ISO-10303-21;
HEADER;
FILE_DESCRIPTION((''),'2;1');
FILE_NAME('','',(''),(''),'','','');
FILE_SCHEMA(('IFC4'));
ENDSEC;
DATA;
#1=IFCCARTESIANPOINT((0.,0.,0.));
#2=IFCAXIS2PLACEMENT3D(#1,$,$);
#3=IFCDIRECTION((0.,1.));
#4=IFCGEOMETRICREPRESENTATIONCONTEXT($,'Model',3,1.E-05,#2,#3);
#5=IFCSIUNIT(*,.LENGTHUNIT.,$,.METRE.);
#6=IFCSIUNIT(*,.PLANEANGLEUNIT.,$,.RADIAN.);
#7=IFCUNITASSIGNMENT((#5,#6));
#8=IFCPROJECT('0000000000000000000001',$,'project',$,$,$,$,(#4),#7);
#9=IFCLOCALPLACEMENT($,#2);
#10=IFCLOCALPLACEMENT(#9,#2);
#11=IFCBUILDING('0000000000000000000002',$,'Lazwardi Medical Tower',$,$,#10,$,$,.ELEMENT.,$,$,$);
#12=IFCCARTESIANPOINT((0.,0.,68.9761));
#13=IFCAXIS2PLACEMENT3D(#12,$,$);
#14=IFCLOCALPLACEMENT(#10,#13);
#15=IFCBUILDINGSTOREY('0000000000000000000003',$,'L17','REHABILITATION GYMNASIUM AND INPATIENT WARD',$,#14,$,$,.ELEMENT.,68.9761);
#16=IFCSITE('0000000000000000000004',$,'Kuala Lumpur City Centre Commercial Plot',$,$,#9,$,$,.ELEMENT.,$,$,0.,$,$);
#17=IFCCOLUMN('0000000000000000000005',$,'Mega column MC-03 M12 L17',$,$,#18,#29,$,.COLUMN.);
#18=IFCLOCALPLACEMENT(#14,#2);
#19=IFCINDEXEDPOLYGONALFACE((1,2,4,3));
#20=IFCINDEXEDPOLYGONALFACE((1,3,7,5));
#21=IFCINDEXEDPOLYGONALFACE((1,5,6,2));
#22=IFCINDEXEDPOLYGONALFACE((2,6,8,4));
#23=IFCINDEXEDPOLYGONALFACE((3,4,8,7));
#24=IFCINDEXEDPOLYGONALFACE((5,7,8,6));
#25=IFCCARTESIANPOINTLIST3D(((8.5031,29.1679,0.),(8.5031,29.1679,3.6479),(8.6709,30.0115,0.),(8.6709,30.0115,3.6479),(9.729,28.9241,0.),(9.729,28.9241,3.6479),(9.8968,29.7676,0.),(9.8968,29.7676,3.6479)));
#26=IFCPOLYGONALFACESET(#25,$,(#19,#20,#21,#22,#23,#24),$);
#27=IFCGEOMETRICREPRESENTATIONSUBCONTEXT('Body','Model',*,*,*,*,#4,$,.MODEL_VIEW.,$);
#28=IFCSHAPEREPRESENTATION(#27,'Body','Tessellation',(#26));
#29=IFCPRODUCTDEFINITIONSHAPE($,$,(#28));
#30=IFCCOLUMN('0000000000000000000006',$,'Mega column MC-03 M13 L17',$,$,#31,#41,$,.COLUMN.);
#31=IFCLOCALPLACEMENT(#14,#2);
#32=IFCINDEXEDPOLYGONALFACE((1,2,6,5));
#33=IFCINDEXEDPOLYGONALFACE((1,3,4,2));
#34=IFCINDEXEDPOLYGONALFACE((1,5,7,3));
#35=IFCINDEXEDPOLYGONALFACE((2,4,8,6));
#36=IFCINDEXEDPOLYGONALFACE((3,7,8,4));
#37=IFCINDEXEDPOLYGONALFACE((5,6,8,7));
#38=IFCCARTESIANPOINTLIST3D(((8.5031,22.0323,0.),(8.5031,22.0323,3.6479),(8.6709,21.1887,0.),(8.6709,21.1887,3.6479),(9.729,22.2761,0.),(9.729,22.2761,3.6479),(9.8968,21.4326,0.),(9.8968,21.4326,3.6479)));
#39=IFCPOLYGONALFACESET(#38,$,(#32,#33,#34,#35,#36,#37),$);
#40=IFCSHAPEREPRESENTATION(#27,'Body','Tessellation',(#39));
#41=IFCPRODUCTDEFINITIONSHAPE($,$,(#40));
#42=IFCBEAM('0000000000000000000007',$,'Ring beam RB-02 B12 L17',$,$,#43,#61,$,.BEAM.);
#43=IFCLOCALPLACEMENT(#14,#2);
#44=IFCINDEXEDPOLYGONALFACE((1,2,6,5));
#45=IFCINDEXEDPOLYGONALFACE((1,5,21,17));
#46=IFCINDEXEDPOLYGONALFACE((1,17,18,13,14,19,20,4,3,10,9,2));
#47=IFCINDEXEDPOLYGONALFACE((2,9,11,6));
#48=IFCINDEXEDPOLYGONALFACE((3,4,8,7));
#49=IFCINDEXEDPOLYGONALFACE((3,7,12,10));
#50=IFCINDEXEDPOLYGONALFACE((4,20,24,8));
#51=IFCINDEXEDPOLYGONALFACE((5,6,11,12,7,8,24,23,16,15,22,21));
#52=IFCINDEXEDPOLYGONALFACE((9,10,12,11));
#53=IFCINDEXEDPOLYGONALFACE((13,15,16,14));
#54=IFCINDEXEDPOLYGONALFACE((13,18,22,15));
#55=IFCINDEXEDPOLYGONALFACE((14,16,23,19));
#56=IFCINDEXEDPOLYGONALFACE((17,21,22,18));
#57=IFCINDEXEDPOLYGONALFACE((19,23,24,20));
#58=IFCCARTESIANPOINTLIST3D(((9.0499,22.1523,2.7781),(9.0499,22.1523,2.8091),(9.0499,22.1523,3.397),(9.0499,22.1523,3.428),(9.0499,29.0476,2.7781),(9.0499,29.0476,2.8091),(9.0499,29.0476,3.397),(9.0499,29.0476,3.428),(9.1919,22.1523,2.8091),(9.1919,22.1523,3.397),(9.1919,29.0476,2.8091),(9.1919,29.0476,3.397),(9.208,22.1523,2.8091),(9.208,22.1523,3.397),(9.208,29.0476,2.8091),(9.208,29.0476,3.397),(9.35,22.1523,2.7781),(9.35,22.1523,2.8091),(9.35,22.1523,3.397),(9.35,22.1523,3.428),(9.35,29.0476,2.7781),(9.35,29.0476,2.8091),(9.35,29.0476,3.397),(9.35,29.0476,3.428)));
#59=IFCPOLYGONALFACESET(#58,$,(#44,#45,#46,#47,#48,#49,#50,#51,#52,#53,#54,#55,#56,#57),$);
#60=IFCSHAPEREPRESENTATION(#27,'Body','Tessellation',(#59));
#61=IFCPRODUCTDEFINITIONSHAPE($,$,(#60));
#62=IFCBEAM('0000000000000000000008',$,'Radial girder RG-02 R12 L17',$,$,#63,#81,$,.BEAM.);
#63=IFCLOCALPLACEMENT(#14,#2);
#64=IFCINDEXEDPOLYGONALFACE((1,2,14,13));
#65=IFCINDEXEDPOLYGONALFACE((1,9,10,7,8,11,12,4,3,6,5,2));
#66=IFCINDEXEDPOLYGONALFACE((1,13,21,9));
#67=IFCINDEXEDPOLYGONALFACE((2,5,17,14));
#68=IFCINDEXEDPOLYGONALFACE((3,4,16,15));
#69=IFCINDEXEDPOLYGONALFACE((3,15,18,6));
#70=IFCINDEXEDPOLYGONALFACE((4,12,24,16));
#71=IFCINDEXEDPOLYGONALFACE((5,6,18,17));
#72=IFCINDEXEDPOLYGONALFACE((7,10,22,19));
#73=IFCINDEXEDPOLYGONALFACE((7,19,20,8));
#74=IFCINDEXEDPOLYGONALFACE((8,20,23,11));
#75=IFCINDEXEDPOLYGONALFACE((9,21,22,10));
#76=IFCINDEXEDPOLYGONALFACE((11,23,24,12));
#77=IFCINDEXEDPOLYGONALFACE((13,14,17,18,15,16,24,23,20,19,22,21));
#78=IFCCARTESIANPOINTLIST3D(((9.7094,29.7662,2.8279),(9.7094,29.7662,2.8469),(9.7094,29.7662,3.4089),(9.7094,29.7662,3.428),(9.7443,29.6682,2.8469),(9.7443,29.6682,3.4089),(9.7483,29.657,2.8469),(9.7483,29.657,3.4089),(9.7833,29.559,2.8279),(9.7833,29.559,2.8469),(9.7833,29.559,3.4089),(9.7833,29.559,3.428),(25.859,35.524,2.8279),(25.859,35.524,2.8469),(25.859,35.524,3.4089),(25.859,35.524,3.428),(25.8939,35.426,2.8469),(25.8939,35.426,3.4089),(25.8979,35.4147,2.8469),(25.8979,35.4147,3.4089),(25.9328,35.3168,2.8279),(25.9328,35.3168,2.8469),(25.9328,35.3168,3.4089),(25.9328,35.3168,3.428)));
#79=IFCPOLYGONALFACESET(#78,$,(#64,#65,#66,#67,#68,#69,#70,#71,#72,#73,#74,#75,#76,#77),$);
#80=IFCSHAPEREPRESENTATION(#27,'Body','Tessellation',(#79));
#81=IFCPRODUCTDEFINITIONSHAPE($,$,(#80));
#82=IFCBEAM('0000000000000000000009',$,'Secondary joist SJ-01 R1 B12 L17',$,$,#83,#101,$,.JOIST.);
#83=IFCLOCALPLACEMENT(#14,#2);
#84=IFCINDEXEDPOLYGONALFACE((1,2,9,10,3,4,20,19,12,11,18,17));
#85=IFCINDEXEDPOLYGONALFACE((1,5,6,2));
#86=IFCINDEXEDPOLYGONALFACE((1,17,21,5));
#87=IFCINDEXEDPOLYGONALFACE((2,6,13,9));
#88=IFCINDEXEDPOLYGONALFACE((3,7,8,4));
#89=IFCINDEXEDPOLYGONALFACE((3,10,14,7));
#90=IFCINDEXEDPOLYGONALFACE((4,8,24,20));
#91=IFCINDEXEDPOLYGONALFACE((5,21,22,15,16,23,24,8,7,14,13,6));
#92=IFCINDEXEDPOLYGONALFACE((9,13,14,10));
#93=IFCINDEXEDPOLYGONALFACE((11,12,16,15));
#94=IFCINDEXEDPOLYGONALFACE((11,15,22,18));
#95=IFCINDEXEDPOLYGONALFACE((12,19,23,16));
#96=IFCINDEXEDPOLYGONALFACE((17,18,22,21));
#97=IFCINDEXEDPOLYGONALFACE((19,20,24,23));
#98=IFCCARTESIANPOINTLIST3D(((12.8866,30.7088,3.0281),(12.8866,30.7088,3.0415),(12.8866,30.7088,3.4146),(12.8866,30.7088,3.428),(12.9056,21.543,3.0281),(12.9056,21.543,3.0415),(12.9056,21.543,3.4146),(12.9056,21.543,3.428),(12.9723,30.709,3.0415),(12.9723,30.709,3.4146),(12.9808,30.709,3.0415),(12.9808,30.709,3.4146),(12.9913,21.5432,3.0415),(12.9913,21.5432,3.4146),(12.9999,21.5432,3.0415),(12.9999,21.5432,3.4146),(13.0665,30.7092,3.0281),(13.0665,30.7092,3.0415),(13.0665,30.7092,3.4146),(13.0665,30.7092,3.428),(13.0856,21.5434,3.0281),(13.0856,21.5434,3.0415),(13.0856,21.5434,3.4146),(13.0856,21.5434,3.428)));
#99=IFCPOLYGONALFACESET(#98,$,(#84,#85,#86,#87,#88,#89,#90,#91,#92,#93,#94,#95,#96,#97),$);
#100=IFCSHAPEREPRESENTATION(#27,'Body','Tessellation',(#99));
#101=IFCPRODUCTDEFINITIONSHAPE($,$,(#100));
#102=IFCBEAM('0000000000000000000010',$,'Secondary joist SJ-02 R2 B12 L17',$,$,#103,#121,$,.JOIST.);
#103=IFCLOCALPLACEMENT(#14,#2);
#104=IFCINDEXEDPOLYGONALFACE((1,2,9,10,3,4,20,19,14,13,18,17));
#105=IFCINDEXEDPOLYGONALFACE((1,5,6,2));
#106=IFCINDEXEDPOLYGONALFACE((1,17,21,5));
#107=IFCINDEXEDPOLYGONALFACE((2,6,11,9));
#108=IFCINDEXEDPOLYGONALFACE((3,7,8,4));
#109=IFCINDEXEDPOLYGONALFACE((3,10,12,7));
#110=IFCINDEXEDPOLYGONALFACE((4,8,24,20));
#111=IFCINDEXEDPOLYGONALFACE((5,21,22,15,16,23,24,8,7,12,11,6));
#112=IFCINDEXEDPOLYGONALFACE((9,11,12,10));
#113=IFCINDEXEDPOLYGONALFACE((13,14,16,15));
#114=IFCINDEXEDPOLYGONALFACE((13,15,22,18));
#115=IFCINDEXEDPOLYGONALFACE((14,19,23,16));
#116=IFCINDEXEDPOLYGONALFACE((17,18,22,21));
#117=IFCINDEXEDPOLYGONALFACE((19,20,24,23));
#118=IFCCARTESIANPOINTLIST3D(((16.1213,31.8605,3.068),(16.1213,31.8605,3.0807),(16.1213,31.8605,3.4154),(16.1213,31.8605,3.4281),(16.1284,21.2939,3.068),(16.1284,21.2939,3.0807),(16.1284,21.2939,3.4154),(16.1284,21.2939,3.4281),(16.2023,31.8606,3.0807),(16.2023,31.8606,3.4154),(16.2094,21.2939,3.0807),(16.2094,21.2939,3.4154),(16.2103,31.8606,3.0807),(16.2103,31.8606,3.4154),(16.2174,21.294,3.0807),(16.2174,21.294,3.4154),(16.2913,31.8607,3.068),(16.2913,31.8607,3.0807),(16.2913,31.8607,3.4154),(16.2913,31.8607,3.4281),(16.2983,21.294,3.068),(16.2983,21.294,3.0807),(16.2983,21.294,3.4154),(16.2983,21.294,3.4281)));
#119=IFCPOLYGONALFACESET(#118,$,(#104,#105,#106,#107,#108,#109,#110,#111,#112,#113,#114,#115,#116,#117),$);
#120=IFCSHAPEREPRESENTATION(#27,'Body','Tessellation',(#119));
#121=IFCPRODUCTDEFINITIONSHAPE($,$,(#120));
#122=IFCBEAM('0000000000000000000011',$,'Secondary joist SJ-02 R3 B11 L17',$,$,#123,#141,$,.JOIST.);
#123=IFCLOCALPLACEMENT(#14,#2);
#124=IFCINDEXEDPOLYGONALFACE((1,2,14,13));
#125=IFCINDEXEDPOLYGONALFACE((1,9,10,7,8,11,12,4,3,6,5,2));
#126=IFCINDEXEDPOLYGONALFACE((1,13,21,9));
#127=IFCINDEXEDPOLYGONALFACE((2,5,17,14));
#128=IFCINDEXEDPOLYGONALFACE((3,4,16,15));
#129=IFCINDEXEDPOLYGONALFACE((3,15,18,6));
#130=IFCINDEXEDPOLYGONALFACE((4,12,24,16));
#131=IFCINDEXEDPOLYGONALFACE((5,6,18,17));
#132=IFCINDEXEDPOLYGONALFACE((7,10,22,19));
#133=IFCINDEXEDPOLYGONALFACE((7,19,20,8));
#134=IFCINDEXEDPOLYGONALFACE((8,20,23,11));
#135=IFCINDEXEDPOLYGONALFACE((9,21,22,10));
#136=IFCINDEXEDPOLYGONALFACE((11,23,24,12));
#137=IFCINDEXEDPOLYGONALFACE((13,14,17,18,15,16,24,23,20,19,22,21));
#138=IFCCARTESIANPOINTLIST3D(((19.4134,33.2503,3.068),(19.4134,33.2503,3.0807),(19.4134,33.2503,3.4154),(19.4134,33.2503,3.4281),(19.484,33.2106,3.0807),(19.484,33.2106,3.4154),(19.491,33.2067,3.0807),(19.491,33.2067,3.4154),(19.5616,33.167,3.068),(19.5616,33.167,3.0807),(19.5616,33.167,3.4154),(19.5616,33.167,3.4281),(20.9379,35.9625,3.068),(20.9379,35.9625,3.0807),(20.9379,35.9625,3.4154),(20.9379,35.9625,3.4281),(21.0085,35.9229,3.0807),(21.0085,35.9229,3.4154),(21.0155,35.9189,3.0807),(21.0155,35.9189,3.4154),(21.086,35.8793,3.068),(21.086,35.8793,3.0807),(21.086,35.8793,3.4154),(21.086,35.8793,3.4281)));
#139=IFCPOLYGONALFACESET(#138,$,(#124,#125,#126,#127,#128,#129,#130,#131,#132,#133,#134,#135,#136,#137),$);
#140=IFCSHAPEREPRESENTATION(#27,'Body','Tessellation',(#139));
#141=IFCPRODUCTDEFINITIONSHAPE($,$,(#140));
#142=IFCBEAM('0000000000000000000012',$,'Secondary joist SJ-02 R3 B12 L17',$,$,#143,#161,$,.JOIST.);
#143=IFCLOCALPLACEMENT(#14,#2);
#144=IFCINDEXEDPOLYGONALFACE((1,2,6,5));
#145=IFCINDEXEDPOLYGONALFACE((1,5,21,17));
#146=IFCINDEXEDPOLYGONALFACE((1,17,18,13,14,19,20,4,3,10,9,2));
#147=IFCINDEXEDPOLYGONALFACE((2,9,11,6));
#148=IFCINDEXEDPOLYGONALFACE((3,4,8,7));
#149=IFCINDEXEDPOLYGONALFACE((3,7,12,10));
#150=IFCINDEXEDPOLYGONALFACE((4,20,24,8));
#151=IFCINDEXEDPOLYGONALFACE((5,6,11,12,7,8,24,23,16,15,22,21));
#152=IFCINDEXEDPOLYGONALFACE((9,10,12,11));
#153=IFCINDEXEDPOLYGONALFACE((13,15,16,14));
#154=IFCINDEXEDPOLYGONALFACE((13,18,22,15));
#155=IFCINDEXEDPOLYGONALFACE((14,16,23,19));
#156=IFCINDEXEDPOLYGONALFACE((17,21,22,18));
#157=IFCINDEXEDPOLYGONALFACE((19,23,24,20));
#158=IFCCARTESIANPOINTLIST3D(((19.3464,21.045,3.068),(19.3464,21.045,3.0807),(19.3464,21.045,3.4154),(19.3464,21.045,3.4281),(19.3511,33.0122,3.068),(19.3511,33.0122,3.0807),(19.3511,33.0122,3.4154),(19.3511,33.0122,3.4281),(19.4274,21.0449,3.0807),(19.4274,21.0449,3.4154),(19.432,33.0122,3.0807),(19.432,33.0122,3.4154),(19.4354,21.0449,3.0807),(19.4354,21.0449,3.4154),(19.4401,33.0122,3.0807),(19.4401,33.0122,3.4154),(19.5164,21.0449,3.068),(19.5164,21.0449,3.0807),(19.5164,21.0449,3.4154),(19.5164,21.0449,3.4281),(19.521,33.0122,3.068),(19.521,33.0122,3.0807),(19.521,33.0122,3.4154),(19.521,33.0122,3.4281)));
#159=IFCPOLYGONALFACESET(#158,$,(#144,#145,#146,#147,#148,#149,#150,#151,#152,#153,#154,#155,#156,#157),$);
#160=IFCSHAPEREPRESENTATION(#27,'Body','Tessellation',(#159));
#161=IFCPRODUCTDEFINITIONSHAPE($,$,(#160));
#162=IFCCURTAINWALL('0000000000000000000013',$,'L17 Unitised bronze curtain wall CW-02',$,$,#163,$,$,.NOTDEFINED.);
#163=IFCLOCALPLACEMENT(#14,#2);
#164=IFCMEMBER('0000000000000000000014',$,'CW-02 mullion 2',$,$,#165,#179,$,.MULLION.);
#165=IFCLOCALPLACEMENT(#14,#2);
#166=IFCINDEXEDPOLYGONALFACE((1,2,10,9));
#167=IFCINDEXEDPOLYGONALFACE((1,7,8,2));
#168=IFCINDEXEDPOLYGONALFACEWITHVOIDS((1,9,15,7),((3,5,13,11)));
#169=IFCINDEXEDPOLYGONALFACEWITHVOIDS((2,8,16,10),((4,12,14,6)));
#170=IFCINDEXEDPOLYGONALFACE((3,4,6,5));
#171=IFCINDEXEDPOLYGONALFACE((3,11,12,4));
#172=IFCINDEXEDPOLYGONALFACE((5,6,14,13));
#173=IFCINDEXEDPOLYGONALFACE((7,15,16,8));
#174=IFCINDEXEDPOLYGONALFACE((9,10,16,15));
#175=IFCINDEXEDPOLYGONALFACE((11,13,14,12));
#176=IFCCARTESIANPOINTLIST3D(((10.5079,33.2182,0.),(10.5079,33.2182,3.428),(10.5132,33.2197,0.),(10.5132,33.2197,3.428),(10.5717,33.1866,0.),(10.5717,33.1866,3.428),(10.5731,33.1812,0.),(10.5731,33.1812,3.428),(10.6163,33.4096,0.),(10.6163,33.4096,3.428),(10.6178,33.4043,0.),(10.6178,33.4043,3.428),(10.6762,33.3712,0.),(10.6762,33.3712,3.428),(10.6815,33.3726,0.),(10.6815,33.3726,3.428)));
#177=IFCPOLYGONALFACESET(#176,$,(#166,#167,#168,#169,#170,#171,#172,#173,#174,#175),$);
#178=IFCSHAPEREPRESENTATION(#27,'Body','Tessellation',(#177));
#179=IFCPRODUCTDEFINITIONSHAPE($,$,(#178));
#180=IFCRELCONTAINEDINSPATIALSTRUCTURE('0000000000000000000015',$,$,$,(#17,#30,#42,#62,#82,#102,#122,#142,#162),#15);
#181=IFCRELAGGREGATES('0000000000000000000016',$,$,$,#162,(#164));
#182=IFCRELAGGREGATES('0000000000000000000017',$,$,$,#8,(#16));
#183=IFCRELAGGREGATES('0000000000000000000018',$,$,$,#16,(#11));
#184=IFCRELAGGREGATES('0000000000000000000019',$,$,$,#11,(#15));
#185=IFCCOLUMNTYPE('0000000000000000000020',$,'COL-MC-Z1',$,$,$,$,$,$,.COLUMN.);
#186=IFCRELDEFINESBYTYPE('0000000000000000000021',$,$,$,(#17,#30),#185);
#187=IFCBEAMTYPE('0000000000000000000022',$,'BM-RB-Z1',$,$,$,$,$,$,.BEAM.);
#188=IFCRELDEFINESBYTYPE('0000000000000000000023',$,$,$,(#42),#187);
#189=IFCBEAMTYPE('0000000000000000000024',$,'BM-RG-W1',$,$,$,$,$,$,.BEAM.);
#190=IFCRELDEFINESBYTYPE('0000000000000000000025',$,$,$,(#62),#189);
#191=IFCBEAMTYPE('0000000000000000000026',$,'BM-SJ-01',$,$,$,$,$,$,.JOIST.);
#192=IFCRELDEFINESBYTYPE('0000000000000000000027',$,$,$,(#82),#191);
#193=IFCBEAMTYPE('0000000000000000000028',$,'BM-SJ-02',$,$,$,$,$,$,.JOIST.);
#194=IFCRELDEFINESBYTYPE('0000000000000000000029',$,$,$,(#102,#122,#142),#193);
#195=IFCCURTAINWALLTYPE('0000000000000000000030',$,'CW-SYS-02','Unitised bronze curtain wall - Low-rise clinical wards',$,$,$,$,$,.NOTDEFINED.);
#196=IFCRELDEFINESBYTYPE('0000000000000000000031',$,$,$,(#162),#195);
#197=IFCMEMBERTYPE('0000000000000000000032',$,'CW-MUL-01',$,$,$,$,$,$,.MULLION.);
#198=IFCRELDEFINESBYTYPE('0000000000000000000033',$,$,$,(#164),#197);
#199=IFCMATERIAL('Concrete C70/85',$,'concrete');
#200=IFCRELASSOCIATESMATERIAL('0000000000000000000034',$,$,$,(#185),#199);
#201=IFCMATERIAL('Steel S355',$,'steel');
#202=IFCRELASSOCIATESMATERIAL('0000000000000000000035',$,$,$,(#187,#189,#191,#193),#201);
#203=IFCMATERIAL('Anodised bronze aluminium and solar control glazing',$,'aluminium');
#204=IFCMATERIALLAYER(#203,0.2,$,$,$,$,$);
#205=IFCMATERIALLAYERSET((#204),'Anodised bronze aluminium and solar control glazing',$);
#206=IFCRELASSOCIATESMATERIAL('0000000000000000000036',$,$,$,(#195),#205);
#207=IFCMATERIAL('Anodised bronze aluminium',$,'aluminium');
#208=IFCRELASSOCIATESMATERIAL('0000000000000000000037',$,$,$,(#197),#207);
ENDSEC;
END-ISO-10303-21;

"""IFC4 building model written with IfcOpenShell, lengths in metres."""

from ifc_helpers import new_model, si_unit, direction, frame, origin, origin_2d, place, context, subcontext, project, spatial, rectangle, hollow_rectangle, i_section, extrude, material, layer, layer_set, material_profile, profile_set, type_object, element, aggregate, save


model = new_model("IFC4")

# Units and contexts
model_context = context("Model", 3, precision=1e-05, world=origin(), true_north=direction((0.0, 1.0)))
body_context = subcontext(model_context, "Body", "Model", "MODEL_VIEW")
ifc_project = project(units=[si_unit("LENGTHUNIT", "METRE"), si_unit("PLANEANGLEUNIT", "RADIAN")], contexts=[model_context])

# Site, building, storey
site_placement = place(None, origin())
site = spatial("IfcSite", under=ifc_project, at=site_placement, Name="Kuala Lumpur City Centre Commercial Plot", CompositionType="ELEMENT", RefElevation=0.0)
building_placement = place(site_placement, origin())
building = spatial("IfcBuilding", under=site, at=building_placement, Name="Lazwardi Medical Tower", CompositionType="ELEMENT")
storey_placement = place(building_placement, frame((0.0, 0.0, 68.9761)))
storey = spatial("IfcBuildingStorey", under=building, at=storey_placement, Name="L17", Description="REHABILITATION GYMNASIUM AND INPATIENT WARD", CompositionType="ELEMENT", Elevation=68.9761)

# Columns
ifc_material_1 = material(Name="Concrete C70/85", Category="concrete")
ifc_material_profile_1 = material_profile(ifc_material_1, rectangle(XDim=1.25, YDim=0.8601, at=origin_2d()), Name="CFT-RECT 1250x860")
ifc_profile_set_1 = profile_set([ifc_material_profile_1], Name="Concrete C70/85")
column_type = type_object("IfcColumnType", Name="COL-MC-Z1", PredefinedType="COLUMN", material=ifc_profile_set_1)
for number, where, z_axis, x_axis, name in (
    (1, (9.2, 29.4678, 0.0), (0.0, 0.0, 1.0), (-0.980785, 0.19509, 0.0), "Mega column MC-03 M12 L17"),
    (2, (9.2, 21.7324, 0.0), (0.0, 0.0, 1.0), (-0.980785, -0.19509, 0.0), "Mega column MC-03 M13 L17"),
):
    element("IfcColumn", number, at=place(storey_placement, frame(where, z_axis=z_axis, x_axis=x_axis)), inside=storey, type_object=column_type, Name=name, PredefinedType="COLUMN", context=body_context, shape_type="SweptSolid", body=[
        extrude(rectangle(XDim=1.25, YDim=0.8601, at=origin_2d()), origin(), (0.0, 0.0, 1.0), 3.6479),
    ])

# Beams
ifc_material_2 = material(Name="Steel S355", Category="steel")
ifc_material_profile_2 = material_profile(ifc_material_2, i_section(OverallWidth=0.3, OverallDepth=0.6499, WebThickness=0.0161, FlangeThickness=0.031, at=origin_2d()), Name="HEB 650")
ifc_profile_set_2 = profile_set([ifc_material_profile_2], Name="Steel S355")
beam_type_1 = type_object("IfcBeamType", Name="BM-RB-Z1", PredefinedType="BEAM", material=ifc_profile_set_2)
beam_1_placement = place(storey_placement, frame((9.2, 29.0476, 3.103), z_axis=(0.0, -1.0, 0.0), x_axis=(1.0, 0.0, 0.0)))
element("IfcBeam", 3, at=beam_1_placement, inside=storey, type_object=beam_type_1, Name="Ring beam RB-02 B12 L17", PredefinedType="BEAM", context=body_context, shape_type="SweptSolid", body=[
    extrude(i_section(OverallWidth=0.3, OverallDepth=0.6499, WebThickness=0.0161, FlangeThickness=0.031, at=origin_2d()), origin(), (0.0, 0.0, 1.0), 6.8953),
])
ifc_material_profile_3 = material_profile(ifc_material_2, i_section(OverallWidth=0.22, OverallDepth=0.6001, WebThickness=0.012, FlangeThickness=0.019, at=origin_2d()), Name="IPE 600")
ifc_profile_set_3 = profile_set([ifc_material_profile_3], Name="Steel S355")
beam_type_2 = type_object("IfcBeamType", Name="BM-RG-W1", PredefinedType="BEAM", material=ifc_profile_set_3)
beam_2_placement = place(storey_placement, frame((9.7463, 29.6626, 3.1279), z_axis=(0.941925, 0.335823, 0.0), x_axis=(-0.335823, 0.941925, 0.0)))
element("IfcBeam", 4, at=beam_2_placement, inside=storey, type_object=beam_type_2, Name="Radial girder RG-02 R12 L17", PredefinedType="BEAM", context=body_context, shape_type="SweptSolid", body=[
    extrude(i_section(OverallWidth=0.22, OverallDepth=0.6001, WebThickness=0.012, FlangeThickness=0.019, at=origin_2d()), origin(), (0.0, 0.0, 1.0), 17.1453),
])
ifc_material_profile_4 = material_profile(ifc_material_2, i_section(OverallWidth=0.1799, OverallDepth=0.3999, WebThickness=0.0085, FlangeThickness=0.0134, at=origin_2d()), Name="IPE 400")
ifc_profile_set_4 = profile_set([ifc_material_profile_4], Name="Steel S355")
beam_type_3 = type_object("IfcBeamType", Name="BM-SJ-01", PredefinedType="JOIST", material=ifc_profile_set_4)
beam_3_placement = place(storey_placement, frame((12.9766, 30.709, 3.228), z_axis=(0.002078, -0.999998, 0.0), x_axis=(0.999998, 0.002078, 0.0)))
element("IfcBeam", 5, at=beam_3_placement, inside=storey, type_object=beam_type_3, Name="Secondary joist SJ-01 R1 B12 L17", PredefinedType="JOIST", context=body_context, shape_type="SweptSolid", body=[
    extrude(i_section(OverallWidth=0.1799, OverallDepth=0.3999, WebThickness=0.0085, FlangeThickness=0.0134, at=origin_2d()), origin(), (0.0, 0.0, 1.0), 9.1658),
])
ifc_material_profile_5 = material_profile(ifc_material_2, i_section(OverallWidth=0.1699, OverallDepth=0.3601, WebThickness=0.0081, FlangeThickness=0.0127, at=origin_2d()), Name="IPE 360")
ifc_profile_set_5 = profile_set([ifc_material_profile_5], Name="Steel S355")
beam_type_4 = type_object("IfcBeamType", Name="BM-SJ-02", PredefinedType="JOIST", material=ifc_profile_set_5)
beam_4_placement = place(storey_placement, frame((16.2063, 31.8606, 3.248), z_axis=(0.00067, -1.0, 0.0), x_axis=(1.0, 0.00067, 0.0)))
element("IfcBeam", 6, at=beam_4_placement, inside=storey, type_object=beam_type_4, Name="Secondary joist SJ-02 R2 B12 L17", PredefinedType="JOIST", context=body_context, shape_type="SweptSolid", body=[
    extrude(i_section(OverallWidth=0.1699, OverallDepth=0.3601, WebThickness=0.0081, FlangeThickness=0.0127, at=origin_2d()), origin(), (0.0, 0.0, 1.0), 10.5667),
])
beam_5_placement = place(storey_placement, frame((21.012, 35.9209, 3.248), z_axis=(-0.489974, -0.871737, 0.0), x_axis=(0.871737, -0.489974, 0.0)))
element("IfcBeam", 7, at=beam_5_placement, inside=storey, type_object=beam_type_4, Name="Secondary joist SJ-02 R3 B11 L17", PredefinedType="JOIST", context=body_context, shape_type="SweptSolid", body=[
    extrude(i_section(OverallWidth=0.1699, OverallDepth=0.3601, WebThickness=0.0081, FlangeThickness=0.0127, at=origin_2d()), origin(), (0.0, 0.0, 1.0), 3.1113),
])
beam_6_placement = place(storey_placement, frame((19.436, 33.0122, 3.248), z_axis=(-0.000388, -1.0, 0.0), x_axis=(1.0, -0.000388, 0.0)))
element("IfcBeam", 8, at=beam_6_placement, inside=storey, type_object=beam_type_4, Name="Secondary joist SJ-02 R3 B12 L17", PredefinedType="JOIST", context=body_context, shape_type="SweptSolid", body=[
    extrude(i_section(OverallWidth=0.1699, OverallDepth=0.3601, WebThickness=0.0081, FlangeThickness=0.0127, at=origin_2d()), origin(), (0.0, 0.0, 1.0), 11.9673),
])

# Curtain wall, member
ifc_material_3 = material(Name="Anodised bronze aluminium and solar control glazing", Category="aluminium")
ifc_layer_1 = layer(ifc_material_3, 0.2)
ifc_layer_set_1 = layer_set([ifc_layer_1], Name="Anodised bronze aluminium and solar control glazing")
curtain_wall_type = type_object("IfcCurtainWallType", Name="CW-SYS-02", Description="Unitised bronze curtain wall - Low-rise clinical wards", PredefinedType="NOTDEFINED", material=ifc_layer_set_1)
curtain_wall_1_placement = place(storey_placement, origin())
curtain_wall_1 = element("IfcCurtainWall", 9, at=curtain_wall_1_placement, inside=storey, type_object=curtain_wall_type, Name="L17 Unitised bronze curtain wall CW-02", PredefinedType="NOTDEFINED")
ifc_material_4 = material(Name="Anodised bronze aluminium", Category="aluminium")
ifc_material_profile_6 = material_profile(ifc_material_4, hollow_rectangle(XDim=0.075, YDim=0.22, WallThickness=0.0039, at=origin_2d()), Name="ALU-MULLION 220x75x4")
ifc_profile_set_6 = profile_set([ifc_material_profile_6], Name="Anodised bronze aluminium")
member_type_1 = type_object("IfcMemberType", Name="CW-MUL-01", PredefinedType="MULLION", material=ifc_profile_set_6)
member_1_placement = place(storey_placement, frame((10.5947, 33.2954, 0.0), z_axis=(0.0, 0.0, 1.0), x_axis=(0.870112, -0.492854, 0.0)))
member_1 = element("IfcMember", 10, at=member_1_placement, type_object=member_type_1, Name="CW-02 mullion 2", PredefinedType="MULLION", context=body_context, shape_type="SweptSolid", body=[
    extrude(hollow_rectangle(XDim=0.075, YDim=0.22, WallThickness=0.0039, at=origin_2d()), origin(), (0.0, 0.0, 1.0), 3.428),
])

aggregate(curtain_wall_1, [member_1])

save(model, "model.ifc")
